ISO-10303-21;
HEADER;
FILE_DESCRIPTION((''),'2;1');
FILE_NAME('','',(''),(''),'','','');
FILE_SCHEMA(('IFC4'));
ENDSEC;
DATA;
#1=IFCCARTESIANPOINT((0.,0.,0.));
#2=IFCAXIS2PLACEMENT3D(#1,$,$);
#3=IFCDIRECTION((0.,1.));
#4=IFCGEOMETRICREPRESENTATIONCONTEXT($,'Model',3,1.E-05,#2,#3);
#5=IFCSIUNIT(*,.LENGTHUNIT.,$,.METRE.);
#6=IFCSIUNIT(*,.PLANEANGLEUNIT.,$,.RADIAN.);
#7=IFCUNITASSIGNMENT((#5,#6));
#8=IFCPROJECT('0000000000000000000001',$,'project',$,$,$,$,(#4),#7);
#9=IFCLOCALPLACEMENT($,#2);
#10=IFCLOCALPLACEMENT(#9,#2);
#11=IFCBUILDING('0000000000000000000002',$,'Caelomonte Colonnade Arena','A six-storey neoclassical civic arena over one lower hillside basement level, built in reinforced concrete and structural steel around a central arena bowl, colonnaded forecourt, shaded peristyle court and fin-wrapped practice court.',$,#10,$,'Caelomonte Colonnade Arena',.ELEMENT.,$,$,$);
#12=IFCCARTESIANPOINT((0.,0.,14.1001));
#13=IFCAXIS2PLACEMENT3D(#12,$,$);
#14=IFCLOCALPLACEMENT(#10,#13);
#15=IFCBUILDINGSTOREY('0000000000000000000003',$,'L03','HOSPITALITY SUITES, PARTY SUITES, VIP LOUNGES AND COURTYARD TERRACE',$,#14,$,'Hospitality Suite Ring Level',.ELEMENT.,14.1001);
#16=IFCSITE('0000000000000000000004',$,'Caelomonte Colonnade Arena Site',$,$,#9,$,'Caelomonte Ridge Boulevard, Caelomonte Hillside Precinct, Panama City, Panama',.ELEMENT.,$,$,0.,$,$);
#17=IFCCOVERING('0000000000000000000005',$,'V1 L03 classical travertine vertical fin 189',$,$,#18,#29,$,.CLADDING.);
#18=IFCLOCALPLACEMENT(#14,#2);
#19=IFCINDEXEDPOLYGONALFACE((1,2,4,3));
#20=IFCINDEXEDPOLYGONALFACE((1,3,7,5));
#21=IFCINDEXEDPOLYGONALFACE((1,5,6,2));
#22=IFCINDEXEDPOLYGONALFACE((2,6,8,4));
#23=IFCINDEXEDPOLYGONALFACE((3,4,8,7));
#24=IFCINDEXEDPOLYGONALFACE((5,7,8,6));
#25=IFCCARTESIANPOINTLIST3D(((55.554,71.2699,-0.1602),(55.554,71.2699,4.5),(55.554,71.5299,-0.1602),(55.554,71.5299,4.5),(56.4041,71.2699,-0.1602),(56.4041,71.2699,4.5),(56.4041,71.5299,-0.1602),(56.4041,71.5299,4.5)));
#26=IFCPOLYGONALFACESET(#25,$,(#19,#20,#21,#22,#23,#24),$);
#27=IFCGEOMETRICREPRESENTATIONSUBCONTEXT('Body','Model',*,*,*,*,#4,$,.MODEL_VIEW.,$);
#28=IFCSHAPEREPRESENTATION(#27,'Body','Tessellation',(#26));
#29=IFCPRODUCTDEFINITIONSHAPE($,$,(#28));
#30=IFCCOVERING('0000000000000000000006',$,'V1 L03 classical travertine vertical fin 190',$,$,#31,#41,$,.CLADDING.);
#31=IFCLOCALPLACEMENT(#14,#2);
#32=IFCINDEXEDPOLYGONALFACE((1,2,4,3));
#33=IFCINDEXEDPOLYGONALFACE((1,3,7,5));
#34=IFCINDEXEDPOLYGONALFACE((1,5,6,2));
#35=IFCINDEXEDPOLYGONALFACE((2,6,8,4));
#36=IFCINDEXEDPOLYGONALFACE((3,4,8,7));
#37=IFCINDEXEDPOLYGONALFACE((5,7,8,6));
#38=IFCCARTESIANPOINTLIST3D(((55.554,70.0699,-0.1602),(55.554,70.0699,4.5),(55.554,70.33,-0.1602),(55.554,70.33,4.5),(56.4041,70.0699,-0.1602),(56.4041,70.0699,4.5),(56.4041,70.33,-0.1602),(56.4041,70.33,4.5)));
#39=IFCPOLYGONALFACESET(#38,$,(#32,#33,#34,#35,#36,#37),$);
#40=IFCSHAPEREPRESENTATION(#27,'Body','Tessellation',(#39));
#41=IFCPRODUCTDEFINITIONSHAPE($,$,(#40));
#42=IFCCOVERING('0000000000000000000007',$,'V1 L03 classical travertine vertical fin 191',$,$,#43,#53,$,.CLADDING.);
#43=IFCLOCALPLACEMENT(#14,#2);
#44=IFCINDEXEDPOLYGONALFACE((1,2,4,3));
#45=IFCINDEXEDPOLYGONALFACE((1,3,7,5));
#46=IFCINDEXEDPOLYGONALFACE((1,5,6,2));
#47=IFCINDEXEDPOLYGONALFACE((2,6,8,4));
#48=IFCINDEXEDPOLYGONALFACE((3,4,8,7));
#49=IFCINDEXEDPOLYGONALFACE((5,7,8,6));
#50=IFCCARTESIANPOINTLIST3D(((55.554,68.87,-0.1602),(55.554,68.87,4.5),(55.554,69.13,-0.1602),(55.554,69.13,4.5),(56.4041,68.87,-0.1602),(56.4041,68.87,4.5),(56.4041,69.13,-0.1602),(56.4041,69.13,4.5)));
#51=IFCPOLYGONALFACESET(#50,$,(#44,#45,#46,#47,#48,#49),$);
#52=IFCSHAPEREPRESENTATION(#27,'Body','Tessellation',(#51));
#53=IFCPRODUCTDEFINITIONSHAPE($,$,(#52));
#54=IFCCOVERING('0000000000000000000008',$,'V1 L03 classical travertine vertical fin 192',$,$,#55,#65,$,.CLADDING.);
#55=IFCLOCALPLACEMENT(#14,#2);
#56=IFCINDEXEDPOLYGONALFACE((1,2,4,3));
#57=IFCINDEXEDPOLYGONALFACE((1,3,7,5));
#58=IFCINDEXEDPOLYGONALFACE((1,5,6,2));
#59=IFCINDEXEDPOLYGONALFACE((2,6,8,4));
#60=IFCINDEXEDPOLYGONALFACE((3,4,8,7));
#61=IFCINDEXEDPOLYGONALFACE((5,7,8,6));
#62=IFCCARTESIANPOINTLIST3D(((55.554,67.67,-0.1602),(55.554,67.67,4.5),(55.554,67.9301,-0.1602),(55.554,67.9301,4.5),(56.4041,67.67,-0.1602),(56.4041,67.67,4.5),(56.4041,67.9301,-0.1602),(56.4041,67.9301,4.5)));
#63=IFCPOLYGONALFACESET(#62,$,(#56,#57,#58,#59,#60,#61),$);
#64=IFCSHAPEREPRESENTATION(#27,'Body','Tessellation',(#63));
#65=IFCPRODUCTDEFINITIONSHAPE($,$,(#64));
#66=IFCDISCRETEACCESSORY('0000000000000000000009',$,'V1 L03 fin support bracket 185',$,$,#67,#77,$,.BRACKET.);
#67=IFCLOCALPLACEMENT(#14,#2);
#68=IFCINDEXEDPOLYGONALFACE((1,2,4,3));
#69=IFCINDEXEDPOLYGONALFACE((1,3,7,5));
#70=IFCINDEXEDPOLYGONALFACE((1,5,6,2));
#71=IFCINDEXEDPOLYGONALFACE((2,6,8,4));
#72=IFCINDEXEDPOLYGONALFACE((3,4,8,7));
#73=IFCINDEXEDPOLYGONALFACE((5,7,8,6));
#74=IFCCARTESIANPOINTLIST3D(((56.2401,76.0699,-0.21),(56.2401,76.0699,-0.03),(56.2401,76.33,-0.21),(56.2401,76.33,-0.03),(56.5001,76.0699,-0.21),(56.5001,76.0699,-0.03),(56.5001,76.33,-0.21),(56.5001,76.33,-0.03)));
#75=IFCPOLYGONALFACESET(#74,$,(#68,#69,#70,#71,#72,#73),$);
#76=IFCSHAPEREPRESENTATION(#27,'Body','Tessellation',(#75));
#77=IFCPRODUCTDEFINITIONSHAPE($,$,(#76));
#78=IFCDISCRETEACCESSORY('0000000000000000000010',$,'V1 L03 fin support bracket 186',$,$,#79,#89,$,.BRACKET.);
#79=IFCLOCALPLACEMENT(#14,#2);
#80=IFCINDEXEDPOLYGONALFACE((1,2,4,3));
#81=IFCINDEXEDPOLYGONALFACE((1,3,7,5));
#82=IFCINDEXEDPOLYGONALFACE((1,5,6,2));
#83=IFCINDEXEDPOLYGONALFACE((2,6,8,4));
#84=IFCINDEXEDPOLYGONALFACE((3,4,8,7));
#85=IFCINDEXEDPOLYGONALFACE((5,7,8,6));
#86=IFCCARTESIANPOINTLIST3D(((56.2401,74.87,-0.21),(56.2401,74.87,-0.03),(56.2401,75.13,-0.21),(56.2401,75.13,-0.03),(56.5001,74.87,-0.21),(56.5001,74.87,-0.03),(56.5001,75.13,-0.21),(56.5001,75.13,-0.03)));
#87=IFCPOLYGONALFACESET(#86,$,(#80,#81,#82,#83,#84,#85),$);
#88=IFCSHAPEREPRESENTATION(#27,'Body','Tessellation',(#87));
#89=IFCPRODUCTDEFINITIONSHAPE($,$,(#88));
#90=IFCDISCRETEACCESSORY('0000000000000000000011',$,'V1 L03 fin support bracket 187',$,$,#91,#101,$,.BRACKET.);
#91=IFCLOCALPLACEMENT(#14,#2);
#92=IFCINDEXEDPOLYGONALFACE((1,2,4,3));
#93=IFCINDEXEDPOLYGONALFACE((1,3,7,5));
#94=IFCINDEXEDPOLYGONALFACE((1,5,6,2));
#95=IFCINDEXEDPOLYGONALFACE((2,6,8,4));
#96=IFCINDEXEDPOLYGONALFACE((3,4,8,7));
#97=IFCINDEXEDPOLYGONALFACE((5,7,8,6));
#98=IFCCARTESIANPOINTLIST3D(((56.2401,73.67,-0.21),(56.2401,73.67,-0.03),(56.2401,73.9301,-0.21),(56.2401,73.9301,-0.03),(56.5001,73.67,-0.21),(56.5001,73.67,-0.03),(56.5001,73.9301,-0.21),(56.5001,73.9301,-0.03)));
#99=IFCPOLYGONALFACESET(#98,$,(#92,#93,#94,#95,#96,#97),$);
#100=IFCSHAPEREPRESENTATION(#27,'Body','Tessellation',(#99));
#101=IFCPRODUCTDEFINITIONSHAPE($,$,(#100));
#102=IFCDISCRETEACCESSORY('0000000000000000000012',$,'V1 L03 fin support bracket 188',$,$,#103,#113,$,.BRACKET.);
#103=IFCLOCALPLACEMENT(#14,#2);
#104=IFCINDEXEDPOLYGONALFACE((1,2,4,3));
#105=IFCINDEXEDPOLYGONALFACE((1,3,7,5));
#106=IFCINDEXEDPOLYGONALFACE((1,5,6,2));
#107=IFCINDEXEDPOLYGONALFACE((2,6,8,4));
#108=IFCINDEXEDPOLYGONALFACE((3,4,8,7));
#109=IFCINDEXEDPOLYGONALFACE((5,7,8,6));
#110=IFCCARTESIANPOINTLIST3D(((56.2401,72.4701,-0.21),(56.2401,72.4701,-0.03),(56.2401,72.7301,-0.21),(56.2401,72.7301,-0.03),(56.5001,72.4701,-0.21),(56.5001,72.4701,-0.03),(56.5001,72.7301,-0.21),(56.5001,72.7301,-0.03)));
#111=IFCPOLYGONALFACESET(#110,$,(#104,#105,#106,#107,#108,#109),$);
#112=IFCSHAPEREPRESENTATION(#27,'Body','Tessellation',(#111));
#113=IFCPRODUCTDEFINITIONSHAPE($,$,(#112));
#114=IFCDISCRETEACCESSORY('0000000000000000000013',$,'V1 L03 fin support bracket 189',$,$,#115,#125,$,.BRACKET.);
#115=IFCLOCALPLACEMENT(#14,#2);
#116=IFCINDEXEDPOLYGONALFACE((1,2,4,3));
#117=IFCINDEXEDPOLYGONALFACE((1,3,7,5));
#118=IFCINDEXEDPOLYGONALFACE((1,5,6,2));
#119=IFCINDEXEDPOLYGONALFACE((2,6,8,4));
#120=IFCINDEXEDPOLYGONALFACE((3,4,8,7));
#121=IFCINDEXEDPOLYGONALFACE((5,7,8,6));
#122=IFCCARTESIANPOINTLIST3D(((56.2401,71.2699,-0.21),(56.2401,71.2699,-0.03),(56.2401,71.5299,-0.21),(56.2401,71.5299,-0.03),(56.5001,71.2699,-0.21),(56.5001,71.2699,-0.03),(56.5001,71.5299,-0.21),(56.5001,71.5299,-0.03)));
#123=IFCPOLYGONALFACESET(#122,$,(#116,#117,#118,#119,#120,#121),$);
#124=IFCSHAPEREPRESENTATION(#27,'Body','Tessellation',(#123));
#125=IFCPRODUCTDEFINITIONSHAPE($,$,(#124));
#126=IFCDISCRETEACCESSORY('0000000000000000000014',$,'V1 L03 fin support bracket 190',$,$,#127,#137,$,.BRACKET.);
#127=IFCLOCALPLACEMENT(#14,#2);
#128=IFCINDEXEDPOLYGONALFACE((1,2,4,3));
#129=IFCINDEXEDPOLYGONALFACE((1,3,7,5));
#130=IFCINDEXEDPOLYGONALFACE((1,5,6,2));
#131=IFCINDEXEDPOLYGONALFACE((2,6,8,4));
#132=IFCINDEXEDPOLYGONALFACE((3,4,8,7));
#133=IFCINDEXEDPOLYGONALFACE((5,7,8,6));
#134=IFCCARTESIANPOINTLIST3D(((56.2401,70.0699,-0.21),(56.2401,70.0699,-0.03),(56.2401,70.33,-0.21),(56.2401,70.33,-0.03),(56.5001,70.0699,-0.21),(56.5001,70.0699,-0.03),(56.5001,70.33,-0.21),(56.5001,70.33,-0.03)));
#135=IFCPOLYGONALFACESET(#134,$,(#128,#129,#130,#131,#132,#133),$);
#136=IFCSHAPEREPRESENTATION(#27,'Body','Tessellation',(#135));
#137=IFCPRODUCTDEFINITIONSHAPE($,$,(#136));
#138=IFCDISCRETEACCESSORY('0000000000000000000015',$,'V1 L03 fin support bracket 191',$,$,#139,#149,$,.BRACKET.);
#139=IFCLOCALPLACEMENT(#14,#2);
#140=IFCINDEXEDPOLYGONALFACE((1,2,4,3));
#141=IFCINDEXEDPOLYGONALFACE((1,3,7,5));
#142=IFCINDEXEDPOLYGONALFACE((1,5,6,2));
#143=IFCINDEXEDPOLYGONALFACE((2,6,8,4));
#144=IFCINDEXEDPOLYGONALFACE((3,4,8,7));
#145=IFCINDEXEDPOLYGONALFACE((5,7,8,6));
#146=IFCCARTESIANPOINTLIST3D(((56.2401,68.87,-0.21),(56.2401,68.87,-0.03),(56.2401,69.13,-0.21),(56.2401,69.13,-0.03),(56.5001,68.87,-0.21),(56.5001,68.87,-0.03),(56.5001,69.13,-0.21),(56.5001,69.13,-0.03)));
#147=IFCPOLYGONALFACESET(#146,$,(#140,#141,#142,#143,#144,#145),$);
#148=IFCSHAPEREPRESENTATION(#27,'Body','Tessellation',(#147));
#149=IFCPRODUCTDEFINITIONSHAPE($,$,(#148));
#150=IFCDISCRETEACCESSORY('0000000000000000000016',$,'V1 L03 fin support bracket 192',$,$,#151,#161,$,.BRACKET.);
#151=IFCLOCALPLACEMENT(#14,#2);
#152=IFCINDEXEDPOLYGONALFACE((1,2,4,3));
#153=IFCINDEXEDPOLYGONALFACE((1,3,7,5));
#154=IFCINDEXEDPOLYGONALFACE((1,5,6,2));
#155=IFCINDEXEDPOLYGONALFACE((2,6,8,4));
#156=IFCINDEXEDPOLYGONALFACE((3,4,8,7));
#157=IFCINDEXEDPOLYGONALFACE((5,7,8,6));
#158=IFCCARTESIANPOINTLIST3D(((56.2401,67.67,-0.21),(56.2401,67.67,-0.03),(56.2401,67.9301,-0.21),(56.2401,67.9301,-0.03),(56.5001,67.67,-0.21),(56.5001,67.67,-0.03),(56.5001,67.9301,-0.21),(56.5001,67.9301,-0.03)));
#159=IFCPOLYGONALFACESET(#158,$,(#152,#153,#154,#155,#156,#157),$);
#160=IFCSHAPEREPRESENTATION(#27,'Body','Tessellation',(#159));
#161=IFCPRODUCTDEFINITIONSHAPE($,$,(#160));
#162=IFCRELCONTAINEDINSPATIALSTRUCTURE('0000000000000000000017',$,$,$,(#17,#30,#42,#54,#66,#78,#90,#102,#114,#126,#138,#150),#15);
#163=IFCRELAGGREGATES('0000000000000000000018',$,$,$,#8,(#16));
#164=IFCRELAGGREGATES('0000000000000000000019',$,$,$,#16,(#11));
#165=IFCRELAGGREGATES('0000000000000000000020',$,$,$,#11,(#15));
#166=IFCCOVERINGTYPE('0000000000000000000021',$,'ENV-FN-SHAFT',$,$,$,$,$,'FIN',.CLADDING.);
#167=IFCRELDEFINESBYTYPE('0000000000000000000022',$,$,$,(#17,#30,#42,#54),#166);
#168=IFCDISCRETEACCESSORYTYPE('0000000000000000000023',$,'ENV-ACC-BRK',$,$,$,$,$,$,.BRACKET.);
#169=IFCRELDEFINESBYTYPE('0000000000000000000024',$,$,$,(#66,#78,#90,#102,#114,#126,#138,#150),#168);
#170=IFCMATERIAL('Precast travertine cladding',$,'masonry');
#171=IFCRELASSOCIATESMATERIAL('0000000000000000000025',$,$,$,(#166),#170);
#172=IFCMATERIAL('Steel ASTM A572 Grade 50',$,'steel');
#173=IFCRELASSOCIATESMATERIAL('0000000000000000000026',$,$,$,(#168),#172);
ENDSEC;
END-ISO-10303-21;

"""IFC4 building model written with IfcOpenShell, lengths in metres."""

from ifc_helpers import new_model, si_unit, direction, frame, origin, origin_2d, place, context, subcontext, project, spatial, rectangle, extrude, material, material_profile, profile_set, type_object, element, save


model = new_model("IFC4")

# Units and contexts
model_context = context("Model", 3, precision=1e-05, world=origin(), true_north=direction((0.0, 1.0)))
body_context = subcontext(model_context, "Body", "Model", "MODEL_VIEW")
ifc_project = project(units=[si_unit("LENGTHUNIT", "METRE"), si_unit("PLANEANGLEUNIT", "RADIAN")], contexts=[model_context])

# Site, building, storey
site_placement = place(None, origin())
site = spatial("IfcSite", under=ifc_project, at=site_placement, Name="Caelomonte Colonnade Arena Site", LongName="Caelomonte Ridge Boulevard, Caelomonte Hillside Precinct, Panama City, Panama", CompositionType="ELEMENT", RefElevation=0.0)
building_placement = place(site_placement, origin())
building = spatial("IfcBuilding", under=site, at=building_placement, Name="Caelomonte Colonnade Arena", Description="A six-storey neoclassical civic arena over one lower hillside basement level, built in reinforced concrete and structural steel around a central arena bowl, colonnaded forecourt, shaded peristyle court and fin-wrapped practice court.", LongName="Caelomonte Colonnade Arena", CompositionType="ELEMENT")
storey_placement = place(building_placement, frame((0.0, 0.0, 14.1001)))
storey = spatial("IfcBuildingStorey", under=building, at=storey_placement, Name="L03", Description="HOSPITALITY SUITES, PARTY SUITES, VIP LOUNGES AND COURTYARD TERRACE", LongName="Hospitality Suite Ring Level", CompositionType="ELEMENT", Elevation=14.1001)

# Coverings
ifc_material_1 = material(Name="Precast travertine cladding", Category="masonry")
ifc_material_profile_1 = material_profile(ifc_material_1, rectangle(XDim=0.26, YDim=0.8501, at=origin_2d()), Name="FIN260X850")
ifc_profile_set_1 = profile_set([ifc_material_profile_1], Name="Precast travertine cladding")
covering_type = type_object("IfcCoveringType", Name="ENV-FN-SHAFT", ElementType="FIN", PredefinedType="CLADDING", material=ifc_profile_set_1)
for number, where, z_axis, x_axis, name in (
    (1, (55.979, 71.3999, -0.1602), (0.0, 0.0, 1.0), (0.0, 1.0, 0.0), "V1 L03 classical travertine vertical fin 189"),
    (2, (55.979, 70.2, -0.1602), (0.0, 0.0, 1.0), (0.0, 1.0, 0.0), "V1 L03 classical travertine vertical fin 190"),
    (3, (55.979, 69.0, -0.1602), (0.0, 0.0, 1.0), (0.0, 1.0, 0.0), "V1 L03 classical travertine vertical fin 191"),
    (4, (55.979, 67.8, -0.1602), (0.0, 0.0, 1.0), (0.0, 1.0, 0.0), "V1 L03 classical travertine vertical fin 192"),
):
    element("IfcCovering", number, at=place(storey_placement, frame(where, z_axis=z_axis, x_axis=x_axis)), inside=storey, type_object=covering_type, Name=name, PredefinedType="CLADDING", context=body_context, shape_type="SweptSolid", body=[
        extrude(rectangle(XDim=0.26, YDim=0.8501, at=origin_2d()), origin(), (0.0, 0.0, 1.0), 4.6602),
    ])

# Discrete accessories
ifc_material_2 = material(Name="Steel ASTM A572 Grade 50", Category="steel")
discrete_accessory_type = type_object("IfcDiscreteAccessoryType", Name="ENV-ACC-BRK", PredefinedType="BRACKET", material=ifc_material_2)
for number, where, z_axis, x_axis, name in (
    (5, (56.3701, 76.2, -0.21), (0.0, 0.0, 1.0), (0.0, -1.0, 0.0), "V1 L03 fin support bracket 185"),
    (6, (56.3701, 75.0, -0.21), (0.0, 0.0, 1.0), (0.0, -1.0, 0.0), "V1 L03 fin support bracket 186"),
    (7, (56.3701, 73.8, -0.21), (0.0, 0.0, 1.0), (0.0, -1.0, 0.0), "V1 L03 fin support bracket 187"),
    (8, (56.3701, 72.6001, -0.21), (0.0, 0.0, 1.0), (0.0, -1.0, 0.0), "V1 L03 fin support bracket 188"),
    (9, (56.3701, 71.3999, -0.21), (0.0, 0.0, 1.0), (0.0, -1.0, 0.0), "V1 L03 fin support bracket 189"),
    (10, (56.3701, 70.2, -0.21), (0.0, 0.0, 1.0), (0.0, -1.0, 0.0), "V1 L03 fin support bracket 190"),
    (11, (56.3701, 69.0, -0.21), (0.0, 0.0, 1.0), (0.0, -1.0, 0.0), "V1 L03 fin support bracket 191"),
    (12, (56.3701, 67.8, -0.21), (0.0, 0.0, 1.0), (0.0, -1.0, 0.0), "V1 L03 fin support bracket 192"),
):
    element("IfcDiscreteAccessory", number, at=place(storey_placement, frame(where, z_axis=z_axis, x_axis=x_axis)), inside=storey, type_object=discrete_accessory_type, Name=name, PredefinedType="BRACKET", context=body_context, shape_type="SweptSolid", body=[
        extrude(rectangle(XDim=0.26, YDim=0.26, at=origin_2d()), origin(), (0.0, 0.0, 1.0), 0.1799),
    ])

save(model, "model.ifc")
